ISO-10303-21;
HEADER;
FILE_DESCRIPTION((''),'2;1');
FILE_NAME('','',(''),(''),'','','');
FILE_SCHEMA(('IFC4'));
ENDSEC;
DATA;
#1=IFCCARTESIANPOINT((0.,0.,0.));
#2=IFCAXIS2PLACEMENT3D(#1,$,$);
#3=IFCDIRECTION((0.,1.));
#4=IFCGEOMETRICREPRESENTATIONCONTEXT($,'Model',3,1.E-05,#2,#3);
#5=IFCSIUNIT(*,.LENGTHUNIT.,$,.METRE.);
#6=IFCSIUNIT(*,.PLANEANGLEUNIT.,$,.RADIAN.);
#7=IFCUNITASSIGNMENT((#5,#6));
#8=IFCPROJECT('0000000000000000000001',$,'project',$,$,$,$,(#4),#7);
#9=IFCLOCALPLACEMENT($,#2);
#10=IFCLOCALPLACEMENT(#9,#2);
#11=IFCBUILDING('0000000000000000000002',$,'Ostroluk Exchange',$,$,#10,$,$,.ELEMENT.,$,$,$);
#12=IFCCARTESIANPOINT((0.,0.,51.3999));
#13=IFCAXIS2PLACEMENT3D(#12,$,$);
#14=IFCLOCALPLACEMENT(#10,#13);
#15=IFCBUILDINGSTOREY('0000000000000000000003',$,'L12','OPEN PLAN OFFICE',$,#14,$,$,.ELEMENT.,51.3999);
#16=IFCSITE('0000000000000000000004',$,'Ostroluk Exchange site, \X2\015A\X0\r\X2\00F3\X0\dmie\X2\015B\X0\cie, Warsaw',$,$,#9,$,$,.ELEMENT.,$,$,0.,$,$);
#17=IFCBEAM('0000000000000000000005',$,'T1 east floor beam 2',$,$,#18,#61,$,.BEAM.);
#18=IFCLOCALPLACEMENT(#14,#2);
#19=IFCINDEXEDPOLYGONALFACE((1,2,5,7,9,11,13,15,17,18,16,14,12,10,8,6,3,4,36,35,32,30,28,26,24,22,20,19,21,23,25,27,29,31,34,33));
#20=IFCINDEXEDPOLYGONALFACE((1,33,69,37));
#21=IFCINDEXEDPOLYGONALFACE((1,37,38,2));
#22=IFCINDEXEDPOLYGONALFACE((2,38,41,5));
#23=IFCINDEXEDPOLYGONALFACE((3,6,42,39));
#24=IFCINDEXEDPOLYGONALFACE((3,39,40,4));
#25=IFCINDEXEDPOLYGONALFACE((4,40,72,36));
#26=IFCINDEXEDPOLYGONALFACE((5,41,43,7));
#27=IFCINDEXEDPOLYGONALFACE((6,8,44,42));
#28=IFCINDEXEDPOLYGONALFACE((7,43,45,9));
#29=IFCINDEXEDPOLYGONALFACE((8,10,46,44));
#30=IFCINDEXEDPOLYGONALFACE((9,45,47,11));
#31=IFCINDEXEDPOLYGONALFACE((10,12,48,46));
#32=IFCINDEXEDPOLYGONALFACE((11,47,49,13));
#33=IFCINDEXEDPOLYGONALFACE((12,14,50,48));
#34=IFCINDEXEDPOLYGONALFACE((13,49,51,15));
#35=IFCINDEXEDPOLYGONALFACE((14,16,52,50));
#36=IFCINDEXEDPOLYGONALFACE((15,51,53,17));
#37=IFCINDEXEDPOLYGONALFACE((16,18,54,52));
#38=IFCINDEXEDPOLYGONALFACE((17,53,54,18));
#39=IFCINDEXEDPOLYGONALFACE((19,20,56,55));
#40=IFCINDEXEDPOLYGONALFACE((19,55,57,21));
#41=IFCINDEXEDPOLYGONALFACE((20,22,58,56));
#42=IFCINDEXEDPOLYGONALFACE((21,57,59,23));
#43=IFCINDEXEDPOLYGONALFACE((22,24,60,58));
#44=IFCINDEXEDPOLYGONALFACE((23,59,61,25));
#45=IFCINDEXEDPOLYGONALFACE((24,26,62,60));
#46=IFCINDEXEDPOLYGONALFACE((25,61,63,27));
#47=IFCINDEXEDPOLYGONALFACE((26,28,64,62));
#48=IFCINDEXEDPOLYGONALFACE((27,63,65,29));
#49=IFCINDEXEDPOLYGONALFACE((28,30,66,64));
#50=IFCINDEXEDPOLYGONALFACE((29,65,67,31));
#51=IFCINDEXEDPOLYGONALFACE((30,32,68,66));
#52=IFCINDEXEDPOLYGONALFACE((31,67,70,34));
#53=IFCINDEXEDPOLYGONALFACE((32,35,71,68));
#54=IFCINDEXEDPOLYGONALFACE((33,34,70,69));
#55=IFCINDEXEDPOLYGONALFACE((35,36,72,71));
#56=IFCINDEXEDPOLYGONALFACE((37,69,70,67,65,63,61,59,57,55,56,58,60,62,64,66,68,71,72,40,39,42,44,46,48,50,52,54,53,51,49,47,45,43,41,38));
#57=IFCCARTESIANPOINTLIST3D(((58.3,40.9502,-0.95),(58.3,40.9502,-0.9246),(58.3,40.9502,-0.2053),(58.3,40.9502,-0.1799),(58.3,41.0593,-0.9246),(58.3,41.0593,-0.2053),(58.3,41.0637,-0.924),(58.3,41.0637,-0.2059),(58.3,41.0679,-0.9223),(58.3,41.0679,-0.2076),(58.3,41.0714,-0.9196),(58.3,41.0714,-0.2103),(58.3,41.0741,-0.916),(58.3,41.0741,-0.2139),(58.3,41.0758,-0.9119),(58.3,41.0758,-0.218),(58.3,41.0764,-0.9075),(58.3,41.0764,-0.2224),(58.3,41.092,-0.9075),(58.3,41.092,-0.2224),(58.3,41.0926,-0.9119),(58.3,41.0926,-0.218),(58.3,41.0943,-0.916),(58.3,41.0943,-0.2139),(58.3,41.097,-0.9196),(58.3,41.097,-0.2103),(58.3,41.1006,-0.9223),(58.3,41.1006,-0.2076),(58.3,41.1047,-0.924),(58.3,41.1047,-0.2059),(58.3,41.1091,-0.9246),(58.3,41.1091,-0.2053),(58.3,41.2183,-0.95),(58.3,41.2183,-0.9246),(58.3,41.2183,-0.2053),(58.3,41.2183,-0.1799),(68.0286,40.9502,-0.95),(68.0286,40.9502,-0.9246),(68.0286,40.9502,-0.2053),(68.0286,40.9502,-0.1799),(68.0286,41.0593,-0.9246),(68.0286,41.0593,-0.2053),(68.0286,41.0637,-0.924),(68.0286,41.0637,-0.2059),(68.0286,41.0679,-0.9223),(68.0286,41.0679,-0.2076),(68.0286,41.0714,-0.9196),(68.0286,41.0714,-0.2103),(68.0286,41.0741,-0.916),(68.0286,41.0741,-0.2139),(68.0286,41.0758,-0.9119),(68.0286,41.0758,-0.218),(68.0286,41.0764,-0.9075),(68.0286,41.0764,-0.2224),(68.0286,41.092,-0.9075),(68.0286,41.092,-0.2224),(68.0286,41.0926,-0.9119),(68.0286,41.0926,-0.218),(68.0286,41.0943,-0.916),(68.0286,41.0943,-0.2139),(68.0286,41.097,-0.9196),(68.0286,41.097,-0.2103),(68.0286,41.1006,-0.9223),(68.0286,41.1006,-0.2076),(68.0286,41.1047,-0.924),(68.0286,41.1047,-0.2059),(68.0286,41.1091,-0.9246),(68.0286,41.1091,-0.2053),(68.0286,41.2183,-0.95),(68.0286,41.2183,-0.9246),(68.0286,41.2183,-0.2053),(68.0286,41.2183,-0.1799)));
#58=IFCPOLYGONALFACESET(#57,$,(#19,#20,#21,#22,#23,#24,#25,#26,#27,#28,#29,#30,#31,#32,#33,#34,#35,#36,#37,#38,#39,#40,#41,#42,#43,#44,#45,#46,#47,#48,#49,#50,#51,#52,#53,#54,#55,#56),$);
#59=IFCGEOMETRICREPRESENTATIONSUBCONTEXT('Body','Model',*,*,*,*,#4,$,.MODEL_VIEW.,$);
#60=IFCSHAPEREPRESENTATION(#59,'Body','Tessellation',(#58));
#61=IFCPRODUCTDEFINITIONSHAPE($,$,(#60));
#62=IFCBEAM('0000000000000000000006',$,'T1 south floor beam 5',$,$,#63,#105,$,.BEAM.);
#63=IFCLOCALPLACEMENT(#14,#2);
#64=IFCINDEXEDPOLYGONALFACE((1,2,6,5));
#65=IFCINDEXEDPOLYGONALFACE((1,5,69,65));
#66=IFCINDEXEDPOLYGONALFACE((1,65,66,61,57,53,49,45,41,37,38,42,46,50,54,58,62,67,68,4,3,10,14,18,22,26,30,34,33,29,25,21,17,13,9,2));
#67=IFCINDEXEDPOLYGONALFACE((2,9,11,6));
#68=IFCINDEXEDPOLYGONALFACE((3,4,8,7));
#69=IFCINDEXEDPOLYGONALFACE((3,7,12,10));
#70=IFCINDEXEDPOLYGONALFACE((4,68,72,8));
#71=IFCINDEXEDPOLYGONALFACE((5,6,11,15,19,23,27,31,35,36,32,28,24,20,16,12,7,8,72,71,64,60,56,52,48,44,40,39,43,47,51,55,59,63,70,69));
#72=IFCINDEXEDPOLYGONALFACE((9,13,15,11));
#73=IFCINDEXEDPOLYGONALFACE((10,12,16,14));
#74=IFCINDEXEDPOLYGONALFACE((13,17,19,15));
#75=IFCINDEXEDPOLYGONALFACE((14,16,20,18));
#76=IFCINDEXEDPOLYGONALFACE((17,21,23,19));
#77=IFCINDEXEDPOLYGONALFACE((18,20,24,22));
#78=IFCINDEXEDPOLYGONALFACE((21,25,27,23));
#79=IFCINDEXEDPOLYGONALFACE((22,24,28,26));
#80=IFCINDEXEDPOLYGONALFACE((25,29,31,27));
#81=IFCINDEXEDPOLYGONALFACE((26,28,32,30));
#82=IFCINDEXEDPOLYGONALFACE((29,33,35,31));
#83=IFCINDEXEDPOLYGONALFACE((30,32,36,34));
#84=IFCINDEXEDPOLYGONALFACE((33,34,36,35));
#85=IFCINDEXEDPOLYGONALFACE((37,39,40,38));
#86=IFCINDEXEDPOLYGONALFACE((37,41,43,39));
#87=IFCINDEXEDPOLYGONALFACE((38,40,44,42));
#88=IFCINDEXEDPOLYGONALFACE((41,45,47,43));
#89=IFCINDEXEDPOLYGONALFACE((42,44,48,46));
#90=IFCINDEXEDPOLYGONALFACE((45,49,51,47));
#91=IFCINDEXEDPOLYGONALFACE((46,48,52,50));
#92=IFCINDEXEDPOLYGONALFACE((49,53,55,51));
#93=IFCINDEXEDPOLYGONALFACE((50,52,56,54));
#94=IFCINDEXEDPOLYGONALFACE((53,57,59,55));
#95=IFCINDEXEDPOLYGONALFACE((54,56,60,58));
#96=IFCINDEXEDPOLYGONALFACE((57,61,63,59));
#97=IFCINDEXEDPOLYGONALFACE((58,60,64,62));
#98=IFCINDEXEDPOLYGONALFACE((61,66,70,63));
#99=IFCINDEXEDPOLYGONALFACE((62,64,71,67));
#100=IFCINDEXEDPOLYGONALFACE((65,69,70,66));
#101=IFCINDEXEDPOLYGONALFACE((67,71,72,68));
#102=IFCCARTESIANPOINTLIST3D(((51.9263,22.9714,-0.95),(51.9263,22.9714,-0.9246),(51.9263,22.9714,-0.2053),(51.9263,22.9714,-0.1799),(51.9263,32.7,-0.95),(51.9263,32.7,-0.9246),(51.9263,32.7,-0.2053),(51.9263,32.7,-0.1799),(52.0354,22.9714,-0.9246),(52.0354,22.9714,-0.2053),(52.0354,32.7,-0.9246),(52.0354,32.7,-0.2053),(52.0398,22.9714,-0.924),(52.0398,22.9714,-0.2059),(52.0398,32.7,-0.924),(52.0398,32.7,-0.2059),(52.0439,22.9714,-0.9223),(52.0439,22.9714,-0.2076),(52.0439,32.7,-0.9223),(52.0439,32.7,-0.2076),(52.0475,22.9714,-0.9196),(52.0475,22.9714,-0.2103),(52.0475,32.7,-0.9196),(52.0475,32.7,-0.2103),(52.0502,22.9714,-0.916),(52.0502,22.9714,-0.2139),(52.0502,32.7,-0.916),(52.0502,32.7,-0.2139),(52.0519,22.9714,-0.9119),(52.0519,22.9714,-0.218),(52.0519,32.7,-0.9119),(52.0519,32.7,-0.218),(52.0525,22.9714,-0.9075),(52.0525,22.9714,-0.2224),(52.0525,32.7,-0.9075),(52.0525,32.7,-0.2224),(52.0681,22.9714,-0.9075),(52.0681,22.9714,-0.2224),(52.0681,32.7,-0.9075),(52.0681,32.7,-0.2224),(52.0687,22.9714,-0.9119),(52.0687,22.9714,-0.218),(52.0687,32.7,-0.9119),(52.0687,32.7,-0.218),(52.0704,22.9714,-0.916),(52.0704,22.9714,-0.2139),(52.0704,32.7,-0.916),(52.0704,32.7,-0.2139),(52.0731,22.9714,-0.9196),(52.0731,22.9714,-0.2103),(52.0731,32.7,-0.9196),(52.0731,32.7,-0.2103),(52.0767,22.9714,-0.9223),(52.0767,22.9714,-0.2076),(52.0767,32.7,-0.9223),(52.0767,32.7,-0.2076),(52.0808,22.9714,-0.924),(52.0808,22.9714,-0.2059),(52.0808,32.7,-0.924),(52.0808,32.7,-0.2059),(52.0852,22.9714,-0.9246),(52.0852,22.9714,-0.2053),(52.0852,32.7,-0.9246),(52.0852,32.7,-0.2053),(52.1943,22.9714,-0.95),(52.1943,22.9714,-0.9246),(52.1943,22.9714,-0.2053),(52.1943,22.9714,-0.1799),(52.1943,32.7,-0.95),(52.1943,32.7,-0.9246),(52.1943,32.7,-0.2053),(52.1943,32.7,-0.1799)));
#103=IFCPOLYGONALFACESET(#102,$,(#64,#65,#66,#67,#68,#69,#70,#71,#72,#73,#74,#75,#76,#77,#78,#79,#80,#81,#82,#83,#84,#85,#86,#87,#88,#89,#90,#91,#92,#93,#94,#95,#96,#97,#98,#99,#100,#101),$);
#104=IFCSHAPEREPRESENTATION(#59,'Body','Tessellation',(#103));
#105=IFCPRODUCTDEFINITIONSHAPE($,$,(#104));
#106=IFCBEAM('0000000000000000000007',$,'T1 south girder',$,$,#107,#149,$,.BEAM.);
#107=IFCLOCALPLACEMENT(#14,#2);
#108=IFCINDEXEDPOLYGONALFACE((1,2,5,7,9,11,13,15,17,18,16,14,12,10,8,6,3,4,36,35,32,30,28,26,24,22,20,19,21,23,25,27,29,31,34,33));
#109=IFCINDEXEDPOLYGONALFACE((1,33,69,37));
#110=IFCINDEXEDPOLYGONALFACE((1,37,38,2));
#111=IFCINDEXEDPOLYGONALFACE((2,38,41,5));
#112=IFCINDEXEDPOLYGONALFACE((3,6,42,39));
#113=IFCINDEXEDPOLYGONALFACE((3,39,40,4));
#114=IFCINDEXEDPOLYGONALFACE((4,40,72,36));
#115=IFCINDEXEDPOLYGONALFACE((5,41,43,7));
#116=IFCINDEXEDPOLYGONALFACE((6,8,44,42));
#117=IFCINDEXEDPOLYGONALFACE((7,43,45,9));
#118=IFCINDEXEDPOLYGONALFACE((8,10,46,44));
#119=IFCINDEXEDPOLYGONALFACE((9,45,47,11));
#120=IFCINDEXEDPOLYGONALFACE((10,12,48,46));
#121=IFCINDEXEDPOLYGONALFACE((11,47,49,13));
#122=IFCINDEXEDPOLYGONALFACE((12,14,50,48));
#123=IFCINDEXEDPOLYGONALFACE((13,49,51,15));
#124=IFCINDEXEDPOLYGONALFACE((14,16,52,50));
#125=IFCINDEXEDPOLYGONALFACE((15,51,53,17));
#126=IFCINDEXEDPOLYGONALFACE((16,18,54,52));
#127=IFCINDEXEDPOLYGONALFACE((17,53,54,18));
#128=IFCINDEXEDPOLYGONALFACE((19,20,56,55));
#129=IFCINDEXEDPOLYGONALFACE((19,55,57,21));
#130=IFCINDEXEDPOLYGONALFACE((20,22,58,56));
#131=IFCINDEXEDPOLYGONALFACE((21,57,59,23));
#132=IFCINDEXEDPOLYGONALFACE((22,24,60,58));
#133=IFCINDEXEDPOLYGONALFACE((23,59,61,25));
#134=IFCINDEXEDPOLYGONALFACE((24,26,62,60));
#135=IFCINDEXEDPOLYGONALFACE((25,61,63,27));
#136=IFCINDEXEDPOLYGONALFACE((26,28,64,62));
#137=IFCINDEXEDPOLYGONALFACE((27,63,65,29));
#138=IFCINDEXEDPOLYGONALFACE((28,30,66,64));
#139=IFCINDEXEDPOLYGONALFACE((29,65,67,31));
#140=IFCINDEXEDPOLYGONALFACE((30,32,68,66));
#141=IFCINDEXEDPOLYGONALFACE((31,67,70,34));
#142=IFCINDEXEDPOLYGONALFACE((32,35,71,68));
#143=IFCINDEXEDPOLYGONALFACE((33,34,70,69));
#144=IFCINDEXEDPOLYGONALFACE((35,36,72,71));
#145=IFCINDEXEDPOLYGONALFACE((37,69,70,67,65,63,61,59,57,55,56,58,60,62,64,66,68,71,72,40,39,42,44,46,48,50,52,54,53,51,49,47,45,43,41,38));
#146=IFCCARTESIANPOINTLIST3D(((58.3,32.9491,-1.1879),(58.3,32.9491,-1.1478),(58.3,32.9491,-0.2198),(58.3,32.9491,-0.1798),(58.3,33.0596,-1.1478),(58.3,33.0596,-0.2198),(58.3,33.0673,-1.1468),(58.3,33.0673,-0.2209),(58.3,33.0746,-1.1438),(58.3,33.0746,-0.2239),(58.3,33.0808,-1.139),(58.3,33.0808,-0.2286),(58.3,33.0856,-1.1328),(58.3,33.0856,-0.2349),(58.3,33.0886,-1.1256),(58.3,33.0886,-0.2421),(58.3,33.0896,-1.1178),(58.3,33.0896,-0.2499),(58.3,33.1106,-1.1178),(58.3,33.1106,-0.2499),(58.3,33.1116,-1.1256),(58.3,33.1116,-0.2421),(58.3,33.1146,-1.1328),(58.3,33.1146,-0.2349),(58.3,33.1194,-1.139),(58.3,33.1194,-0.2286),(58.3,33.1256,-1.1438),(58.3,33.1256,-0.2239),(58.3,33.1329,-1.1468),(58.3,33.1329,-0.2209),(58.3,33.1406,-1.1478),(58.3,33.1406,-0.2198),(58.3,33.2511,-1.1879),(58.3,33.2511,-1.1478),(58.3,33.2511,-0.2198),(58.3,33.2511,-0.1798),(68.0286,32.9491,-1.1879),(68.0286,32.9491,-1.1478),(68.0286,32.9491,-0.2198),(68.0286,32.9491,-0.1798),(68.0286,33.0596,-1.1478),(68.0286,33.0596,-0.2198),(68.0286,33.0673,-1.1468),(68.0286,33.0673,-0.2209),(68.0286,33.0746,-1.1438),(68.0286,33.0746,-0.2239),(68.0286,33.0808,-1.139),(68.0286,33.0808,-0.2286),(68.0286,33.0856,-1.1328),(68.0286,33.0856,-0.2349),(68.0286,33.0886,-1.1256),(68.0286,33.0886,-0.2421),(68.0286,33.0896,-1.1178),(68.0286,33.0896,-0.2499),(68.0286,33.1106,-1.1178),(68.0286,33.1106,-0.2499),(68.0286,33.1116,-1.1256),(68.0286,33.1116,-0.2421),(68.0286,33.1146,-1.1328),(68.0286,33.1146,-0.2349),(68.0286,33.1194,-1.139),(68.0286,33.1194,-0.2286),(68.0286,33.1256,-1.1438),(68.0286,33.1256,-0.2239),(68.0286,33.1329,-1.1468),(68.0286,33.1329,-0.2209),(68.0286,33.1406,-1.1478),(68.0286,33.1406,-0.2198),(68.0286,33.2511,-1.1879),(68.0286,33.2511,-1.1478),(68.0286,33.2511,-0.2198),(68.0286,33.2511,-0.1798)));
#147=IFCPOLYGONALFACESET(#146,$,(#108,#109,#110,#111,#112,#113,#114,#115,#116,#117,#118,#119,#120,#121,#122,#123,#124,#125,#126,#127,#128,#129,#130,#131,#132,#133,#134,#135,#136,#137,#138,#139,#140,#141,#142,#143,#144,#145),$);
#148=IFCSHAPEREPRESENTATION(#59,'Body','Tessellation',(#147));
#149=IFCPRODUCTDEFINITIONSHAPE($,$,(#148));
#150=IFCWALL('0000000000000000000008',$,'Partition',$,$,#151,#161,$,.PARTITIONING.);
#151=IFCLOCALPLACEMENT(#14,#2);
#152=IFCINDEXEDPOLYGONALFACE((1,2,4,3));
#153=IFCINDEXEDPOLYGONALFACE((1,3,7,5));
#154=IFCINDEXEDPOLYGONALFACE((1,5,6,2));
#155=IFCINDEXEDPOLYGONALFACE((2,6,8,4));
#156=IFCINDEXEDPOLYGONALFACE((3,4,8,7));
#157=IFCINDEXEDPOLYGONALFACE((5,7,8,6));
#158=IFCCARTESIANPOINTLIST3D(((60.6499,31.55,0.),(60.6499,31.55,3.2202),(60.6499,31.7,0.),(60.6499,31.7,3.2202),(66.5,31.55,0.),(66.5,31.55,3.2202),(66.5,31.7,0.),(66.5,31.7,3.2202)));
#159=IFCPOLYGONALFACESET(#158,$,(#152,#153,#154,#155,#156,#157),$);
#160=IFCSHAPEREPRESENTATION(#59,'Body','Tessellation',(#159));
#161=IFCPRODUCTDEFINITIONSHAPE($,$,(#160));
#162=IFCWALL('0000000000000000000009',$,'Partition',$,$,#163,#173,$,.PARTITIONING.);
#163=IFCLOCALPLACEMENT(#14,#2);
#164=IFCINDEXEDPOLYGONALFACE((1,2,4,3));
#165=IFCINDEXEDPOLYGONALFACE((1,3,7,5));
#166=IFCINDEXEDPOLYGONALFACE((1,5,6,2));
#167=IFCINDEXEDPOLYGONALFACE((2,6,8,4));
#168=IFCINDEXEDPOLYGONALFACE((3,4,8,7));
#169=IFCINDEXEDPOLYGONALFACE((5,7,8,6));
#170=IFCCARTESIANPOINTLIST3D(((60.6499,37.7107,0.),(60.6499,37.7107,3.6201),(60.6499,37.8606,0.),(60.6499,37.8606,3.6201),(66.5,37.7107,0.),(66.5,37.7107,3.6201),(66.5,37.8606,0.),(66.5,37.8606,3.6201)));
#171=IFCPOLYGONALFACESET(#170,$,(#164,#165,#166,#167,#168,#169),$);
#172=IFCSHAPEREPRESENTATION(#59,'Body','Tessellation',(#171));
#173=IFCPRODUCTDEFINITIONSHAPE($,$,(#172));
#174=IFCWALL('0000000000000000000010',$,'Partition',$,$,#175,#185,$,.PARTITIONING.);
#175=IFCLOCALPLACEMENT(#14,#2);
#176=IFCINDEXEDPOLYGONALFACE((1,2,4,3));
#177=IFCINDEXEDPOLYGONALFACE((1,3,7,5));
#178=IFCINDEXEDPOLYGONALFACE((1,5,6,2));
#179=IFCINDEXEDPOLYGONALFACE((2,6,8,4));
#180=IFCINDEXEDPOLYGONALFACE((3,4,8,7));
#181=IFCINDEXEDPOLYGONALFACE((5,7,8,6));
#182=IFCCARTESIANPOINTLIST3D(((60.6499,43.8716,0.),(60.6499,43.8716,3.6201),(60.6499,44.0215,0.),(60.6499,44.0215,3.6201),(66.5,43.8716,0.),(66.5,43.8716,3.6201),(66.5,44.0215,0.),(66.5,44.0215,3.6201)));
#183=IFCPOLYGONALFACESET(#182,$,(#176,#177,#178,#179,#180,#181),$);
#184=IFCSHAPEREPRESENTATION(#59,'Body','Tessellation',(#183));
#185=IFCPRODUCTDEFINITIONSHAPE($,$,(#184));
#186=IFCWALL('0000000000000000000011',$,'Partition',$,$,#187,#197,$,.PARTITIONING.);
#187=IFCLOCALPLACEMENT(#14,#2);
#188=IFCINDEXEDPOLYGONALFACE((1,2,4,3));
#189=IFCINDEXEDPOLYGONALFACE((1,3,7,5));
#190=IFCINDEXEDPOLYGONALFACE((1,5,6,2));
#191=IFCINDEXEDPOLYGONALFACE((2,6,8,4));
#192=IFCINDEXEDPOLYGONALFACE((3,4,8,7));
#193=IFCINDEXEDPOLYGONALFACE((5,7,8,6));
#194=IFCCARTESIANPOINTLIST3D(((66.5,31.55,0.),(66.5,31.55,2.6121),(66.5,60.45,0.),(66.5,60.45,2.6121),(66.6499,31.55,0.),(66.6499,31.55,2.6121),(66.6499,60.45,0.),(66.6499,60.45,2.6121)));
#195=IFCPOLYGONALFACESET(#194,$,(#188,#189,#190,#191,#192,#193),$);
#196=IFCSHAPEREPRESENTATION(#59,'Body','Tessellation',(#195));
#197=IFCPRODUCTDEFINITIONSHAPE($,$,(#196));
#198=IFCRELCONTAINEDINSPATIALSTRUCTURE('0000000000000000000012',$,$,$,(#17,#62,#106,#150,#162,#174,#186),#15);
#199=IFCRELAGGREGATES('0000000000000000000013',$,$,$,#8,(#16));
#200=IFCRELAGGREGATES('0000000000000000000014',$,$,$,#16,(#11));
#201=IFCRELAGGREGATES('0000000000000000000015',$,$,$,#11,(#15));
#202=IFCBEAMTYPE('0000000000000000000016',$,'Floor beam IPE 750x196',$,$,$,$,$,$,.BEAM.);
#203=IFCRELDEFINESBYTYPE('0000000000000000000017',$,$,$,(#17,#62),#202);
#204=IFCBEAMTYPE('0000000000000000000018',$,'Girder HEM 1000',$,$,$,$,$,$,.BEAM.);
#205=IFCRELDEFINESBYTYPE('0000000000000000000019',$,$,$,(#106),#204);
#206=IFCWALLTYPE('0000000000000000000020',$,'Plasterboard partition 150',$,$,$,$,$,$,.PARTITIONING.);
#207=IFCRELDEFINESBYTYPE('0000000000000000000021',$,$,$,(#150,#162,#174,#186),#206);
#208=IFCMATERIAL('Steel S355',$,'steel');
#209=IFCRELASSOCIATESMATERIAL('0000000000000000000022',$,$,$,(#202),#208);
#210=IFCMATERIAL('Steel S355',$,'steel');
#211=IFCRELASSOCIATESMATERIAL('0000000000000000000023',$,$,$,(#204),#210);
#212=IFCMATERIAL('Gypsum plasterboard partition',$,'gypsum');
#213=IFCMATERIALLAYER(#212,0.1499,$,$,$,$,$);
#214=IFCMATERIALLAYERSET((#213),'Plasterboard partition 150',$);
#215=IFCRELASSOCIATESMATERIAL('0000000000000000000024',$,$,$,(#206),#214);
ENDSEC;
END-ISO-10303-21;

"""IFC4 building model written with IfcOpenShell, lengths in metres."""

from ifc_helpers import new_model, si_unit, direction, frame, frame_2d, origin, origin_2d, place, context, subcontext, project, spatial, rectangle, i_section, extrude, material, layer, layer_set, material_profile, profile_set, type_object, element, save


model = new_model("IFC4")

# Units and contexts
model_context = context("Model", 3, precision=1e-05, world=origin(), true_north=direction((0.0, 1.0)))
body_context = subcontext(model_context, "Body", "Model", "MODEL_VIEW")
ifc_project = project(units=[si_unit("LENGTHUNIT", "METRE"), si_unit("PLANEANGLEUNIT", "RADIAN")], contexts=[model_context])

# Site, building, storey
site_placement = place(None, origin())
site = spatial("IfcSite", under=ifc_project, at=site_placement, Name="Ostroluk Exchange site, Śródmieście, Warsaw", CompositionType="ELEMENT", RefElevation=0.0)
building_placement = place(site_placement, origin())
building = spatial("IfcBuilding", under=site, at=building_placement, Name="Ostroluk Exchange", CompositionType="ELEMENT")
storey_placement = place(building_placement, frame((0.0, 0.0, 51.3999)))
storey = spatial("IfcBuildingStorey", under=building, at=storey_placement, Name="L12", Description="OPEN PLAN OFFICE", CompositionType="ELEMENT", Elevation=51.3999)

# Beams
ifc_material_1 = material(Name="Steel S355", Category="steel")
ifc_material_profile_1 = material_profile(ifc_material_1, i_section(OverallWidth=0.2681, OverallDepth=0.77, WebThickness=0.0156, FlangeThickness=0.0254, FilletRadius=0.0171, at=origin_2d()), Name="IPE 750x196")
ifc_profile_set_1 = profile_set([ifc_material_profile_1], Name="Steel S355")
beam_type_1 = type_object("IfcBeamType", Name="Floor beam IPE 750x196", PredefinedType="BEAM", material=ifc_profile_set_1)
for number, where, z_axis, x_axis, name in (
    (1, (58.3, 41.0842, -0.5649), (1.0, 0.0, 0.0), (0.0, 1.0, 0.0), "T1 east floor beam 2"),
    (2, (52.0603, 32.7, -0.5649), (0.0, -1.0, 0.0), (1.0, 0.0, 0.0), "T1 south floor beam 5"),
):
    element("IfcBeam", number, at=place(storey_placement, frame(where, z_axis=z_axis, x_axis=x_axis)), inside=storey, type_object=beam_type_1, Name=name, PredefinedType="BEAM", context=body_context, shape_type="SweptSolid", body=[
        extrude(i_section(OverallWidth=0.2681, OverallDepth=0.77, WebThickness=0.0156, FlangeThickness=0.0254, FilletRadius=0.0171, at=origin_2d()), origin(), (0.0, 0.0, 1.0), 9.7285),
    ])
ifc_material_2 = material(Name="Steel S355", Category="steel")
ifc_material_profile_2 = material_profile(ifc_material_2, i_section(OverallWidth=0.302, OverallDepth=1.0081, WebThickness=0.021, FlangeThickness=0.04, FilletRadius=0.03, at=origin_2d()), Name="HEM 1000")
ifc_profile_set_2 = profile_set([ifc_material_profile_2], Name="Steel S355")
beam_type_2 = type_object("IfcBeamType", Name="Girder HEM 1000", PredefinedType="BEAM", material=ifc_profile_set_2)
beam_1_placement = place(storey_placement, frame((58.3, 33.1001, -0.6838), z_axis=(1.0, 0.0, 0.0), x_axis=(0.0, 1.0, 0.0)))
element("IfcBeam", 3, at=beam_1_placement, inside=storey, type_object=beam_type_2, Name="T1 south girder", PredefinedType="BEAM", context=body_context, shape_type="SweptSolid", body=[
    extrude(i_section(OverallWidth=0.302, OverallDepth=1.0081, WebThickness=0.021, FlangeThickness=0.04, FilletRadius=0.03, at=origin_2d()), origin(), (0.0, 0.0, 1.0), 9.7285),
])

# Walls
ifc_material_3 = material(Name="Gypsum plasterboard partition", Category="gypsum")
ifc_layer_1 = layer(ifc_material_3, 0.1499)
ifc_layer_set_1 = layer_set([ifc_layer_1], Name="Plasterboard partition 150")
wall_type_1 = type_object("IfcWallType", Name="Plasterboard partition 150", PredefinedType="PARTITIONING", material=ifc_layer_set_1)
wall_1_placement = place(storey_placement, frame((60.6499, 31.625, 0.0), z_axis=(0.0, 0.0, 1.0), x_axis=(1.0, 0.0, 0.0)))
element("IfcWall", 4, at=wall_1_placement, inside=storey, type_object=wall_type_1, Name="Partition", PredefinedType="PARTITIONING", context=body_context, shape_type="SweptSolid", body=[
    extrude(rectangle(XDim=5.8501, YDim=0.1499, at=frame_2d((2.925, 0.0))), origin(), (0.0, 0.0, 1.0), 3.2202),
])
for number, where, z_axis, x_axis, name in (
    (5, (60.6499, 37.7856, 0.0), (0.0, 0.0, 1.0), (1.0, 0.0, 0.0), "Partition"),
    (6, (60.6499, 43.9465, 0.0), (0.0, 0.0, 1.0), (1.0, 0.0, 0.0), "Partition"),
):
    element("IfcWall", number, at=place(storey_placement, frame(where, z_axis=z_axis, x_axis=x_axis)), inside=storey, type_object=wall_type_1, Name=name, PredefinedType="PARTITIONING", context=body_context, shape_type="SweptSolid", body=[
        extrude(rectangle(XDim=5.8501, YDim=0.1499, at=frame_2d((2.925, 0.0))), origin(), (0.0, 0.0, 1.0), 3.6201),
    ])
wall_2_placement = place(storey_placement, frame((66.575, 31.55, 0.0), z_axis=(0.0, 0.0, 1.0), x_axis=(0.0, 1.0, 0.0)))
element("IfcWall", 7, at=wall_2_placement, inside=storey, type_object=wall_type_1, Name="Partition", PredefinedType="PARTITIONING", context=body_context, shape_type="SweptSolid", body=[
    extrude(rectangle(XDim=28.8999, YDim=0.1499, at=frame_2d((14.45, 0.0))), origin(), (0.0, 0.0, 1.0), 2.6121),
])

save(model, "model.ifc")
